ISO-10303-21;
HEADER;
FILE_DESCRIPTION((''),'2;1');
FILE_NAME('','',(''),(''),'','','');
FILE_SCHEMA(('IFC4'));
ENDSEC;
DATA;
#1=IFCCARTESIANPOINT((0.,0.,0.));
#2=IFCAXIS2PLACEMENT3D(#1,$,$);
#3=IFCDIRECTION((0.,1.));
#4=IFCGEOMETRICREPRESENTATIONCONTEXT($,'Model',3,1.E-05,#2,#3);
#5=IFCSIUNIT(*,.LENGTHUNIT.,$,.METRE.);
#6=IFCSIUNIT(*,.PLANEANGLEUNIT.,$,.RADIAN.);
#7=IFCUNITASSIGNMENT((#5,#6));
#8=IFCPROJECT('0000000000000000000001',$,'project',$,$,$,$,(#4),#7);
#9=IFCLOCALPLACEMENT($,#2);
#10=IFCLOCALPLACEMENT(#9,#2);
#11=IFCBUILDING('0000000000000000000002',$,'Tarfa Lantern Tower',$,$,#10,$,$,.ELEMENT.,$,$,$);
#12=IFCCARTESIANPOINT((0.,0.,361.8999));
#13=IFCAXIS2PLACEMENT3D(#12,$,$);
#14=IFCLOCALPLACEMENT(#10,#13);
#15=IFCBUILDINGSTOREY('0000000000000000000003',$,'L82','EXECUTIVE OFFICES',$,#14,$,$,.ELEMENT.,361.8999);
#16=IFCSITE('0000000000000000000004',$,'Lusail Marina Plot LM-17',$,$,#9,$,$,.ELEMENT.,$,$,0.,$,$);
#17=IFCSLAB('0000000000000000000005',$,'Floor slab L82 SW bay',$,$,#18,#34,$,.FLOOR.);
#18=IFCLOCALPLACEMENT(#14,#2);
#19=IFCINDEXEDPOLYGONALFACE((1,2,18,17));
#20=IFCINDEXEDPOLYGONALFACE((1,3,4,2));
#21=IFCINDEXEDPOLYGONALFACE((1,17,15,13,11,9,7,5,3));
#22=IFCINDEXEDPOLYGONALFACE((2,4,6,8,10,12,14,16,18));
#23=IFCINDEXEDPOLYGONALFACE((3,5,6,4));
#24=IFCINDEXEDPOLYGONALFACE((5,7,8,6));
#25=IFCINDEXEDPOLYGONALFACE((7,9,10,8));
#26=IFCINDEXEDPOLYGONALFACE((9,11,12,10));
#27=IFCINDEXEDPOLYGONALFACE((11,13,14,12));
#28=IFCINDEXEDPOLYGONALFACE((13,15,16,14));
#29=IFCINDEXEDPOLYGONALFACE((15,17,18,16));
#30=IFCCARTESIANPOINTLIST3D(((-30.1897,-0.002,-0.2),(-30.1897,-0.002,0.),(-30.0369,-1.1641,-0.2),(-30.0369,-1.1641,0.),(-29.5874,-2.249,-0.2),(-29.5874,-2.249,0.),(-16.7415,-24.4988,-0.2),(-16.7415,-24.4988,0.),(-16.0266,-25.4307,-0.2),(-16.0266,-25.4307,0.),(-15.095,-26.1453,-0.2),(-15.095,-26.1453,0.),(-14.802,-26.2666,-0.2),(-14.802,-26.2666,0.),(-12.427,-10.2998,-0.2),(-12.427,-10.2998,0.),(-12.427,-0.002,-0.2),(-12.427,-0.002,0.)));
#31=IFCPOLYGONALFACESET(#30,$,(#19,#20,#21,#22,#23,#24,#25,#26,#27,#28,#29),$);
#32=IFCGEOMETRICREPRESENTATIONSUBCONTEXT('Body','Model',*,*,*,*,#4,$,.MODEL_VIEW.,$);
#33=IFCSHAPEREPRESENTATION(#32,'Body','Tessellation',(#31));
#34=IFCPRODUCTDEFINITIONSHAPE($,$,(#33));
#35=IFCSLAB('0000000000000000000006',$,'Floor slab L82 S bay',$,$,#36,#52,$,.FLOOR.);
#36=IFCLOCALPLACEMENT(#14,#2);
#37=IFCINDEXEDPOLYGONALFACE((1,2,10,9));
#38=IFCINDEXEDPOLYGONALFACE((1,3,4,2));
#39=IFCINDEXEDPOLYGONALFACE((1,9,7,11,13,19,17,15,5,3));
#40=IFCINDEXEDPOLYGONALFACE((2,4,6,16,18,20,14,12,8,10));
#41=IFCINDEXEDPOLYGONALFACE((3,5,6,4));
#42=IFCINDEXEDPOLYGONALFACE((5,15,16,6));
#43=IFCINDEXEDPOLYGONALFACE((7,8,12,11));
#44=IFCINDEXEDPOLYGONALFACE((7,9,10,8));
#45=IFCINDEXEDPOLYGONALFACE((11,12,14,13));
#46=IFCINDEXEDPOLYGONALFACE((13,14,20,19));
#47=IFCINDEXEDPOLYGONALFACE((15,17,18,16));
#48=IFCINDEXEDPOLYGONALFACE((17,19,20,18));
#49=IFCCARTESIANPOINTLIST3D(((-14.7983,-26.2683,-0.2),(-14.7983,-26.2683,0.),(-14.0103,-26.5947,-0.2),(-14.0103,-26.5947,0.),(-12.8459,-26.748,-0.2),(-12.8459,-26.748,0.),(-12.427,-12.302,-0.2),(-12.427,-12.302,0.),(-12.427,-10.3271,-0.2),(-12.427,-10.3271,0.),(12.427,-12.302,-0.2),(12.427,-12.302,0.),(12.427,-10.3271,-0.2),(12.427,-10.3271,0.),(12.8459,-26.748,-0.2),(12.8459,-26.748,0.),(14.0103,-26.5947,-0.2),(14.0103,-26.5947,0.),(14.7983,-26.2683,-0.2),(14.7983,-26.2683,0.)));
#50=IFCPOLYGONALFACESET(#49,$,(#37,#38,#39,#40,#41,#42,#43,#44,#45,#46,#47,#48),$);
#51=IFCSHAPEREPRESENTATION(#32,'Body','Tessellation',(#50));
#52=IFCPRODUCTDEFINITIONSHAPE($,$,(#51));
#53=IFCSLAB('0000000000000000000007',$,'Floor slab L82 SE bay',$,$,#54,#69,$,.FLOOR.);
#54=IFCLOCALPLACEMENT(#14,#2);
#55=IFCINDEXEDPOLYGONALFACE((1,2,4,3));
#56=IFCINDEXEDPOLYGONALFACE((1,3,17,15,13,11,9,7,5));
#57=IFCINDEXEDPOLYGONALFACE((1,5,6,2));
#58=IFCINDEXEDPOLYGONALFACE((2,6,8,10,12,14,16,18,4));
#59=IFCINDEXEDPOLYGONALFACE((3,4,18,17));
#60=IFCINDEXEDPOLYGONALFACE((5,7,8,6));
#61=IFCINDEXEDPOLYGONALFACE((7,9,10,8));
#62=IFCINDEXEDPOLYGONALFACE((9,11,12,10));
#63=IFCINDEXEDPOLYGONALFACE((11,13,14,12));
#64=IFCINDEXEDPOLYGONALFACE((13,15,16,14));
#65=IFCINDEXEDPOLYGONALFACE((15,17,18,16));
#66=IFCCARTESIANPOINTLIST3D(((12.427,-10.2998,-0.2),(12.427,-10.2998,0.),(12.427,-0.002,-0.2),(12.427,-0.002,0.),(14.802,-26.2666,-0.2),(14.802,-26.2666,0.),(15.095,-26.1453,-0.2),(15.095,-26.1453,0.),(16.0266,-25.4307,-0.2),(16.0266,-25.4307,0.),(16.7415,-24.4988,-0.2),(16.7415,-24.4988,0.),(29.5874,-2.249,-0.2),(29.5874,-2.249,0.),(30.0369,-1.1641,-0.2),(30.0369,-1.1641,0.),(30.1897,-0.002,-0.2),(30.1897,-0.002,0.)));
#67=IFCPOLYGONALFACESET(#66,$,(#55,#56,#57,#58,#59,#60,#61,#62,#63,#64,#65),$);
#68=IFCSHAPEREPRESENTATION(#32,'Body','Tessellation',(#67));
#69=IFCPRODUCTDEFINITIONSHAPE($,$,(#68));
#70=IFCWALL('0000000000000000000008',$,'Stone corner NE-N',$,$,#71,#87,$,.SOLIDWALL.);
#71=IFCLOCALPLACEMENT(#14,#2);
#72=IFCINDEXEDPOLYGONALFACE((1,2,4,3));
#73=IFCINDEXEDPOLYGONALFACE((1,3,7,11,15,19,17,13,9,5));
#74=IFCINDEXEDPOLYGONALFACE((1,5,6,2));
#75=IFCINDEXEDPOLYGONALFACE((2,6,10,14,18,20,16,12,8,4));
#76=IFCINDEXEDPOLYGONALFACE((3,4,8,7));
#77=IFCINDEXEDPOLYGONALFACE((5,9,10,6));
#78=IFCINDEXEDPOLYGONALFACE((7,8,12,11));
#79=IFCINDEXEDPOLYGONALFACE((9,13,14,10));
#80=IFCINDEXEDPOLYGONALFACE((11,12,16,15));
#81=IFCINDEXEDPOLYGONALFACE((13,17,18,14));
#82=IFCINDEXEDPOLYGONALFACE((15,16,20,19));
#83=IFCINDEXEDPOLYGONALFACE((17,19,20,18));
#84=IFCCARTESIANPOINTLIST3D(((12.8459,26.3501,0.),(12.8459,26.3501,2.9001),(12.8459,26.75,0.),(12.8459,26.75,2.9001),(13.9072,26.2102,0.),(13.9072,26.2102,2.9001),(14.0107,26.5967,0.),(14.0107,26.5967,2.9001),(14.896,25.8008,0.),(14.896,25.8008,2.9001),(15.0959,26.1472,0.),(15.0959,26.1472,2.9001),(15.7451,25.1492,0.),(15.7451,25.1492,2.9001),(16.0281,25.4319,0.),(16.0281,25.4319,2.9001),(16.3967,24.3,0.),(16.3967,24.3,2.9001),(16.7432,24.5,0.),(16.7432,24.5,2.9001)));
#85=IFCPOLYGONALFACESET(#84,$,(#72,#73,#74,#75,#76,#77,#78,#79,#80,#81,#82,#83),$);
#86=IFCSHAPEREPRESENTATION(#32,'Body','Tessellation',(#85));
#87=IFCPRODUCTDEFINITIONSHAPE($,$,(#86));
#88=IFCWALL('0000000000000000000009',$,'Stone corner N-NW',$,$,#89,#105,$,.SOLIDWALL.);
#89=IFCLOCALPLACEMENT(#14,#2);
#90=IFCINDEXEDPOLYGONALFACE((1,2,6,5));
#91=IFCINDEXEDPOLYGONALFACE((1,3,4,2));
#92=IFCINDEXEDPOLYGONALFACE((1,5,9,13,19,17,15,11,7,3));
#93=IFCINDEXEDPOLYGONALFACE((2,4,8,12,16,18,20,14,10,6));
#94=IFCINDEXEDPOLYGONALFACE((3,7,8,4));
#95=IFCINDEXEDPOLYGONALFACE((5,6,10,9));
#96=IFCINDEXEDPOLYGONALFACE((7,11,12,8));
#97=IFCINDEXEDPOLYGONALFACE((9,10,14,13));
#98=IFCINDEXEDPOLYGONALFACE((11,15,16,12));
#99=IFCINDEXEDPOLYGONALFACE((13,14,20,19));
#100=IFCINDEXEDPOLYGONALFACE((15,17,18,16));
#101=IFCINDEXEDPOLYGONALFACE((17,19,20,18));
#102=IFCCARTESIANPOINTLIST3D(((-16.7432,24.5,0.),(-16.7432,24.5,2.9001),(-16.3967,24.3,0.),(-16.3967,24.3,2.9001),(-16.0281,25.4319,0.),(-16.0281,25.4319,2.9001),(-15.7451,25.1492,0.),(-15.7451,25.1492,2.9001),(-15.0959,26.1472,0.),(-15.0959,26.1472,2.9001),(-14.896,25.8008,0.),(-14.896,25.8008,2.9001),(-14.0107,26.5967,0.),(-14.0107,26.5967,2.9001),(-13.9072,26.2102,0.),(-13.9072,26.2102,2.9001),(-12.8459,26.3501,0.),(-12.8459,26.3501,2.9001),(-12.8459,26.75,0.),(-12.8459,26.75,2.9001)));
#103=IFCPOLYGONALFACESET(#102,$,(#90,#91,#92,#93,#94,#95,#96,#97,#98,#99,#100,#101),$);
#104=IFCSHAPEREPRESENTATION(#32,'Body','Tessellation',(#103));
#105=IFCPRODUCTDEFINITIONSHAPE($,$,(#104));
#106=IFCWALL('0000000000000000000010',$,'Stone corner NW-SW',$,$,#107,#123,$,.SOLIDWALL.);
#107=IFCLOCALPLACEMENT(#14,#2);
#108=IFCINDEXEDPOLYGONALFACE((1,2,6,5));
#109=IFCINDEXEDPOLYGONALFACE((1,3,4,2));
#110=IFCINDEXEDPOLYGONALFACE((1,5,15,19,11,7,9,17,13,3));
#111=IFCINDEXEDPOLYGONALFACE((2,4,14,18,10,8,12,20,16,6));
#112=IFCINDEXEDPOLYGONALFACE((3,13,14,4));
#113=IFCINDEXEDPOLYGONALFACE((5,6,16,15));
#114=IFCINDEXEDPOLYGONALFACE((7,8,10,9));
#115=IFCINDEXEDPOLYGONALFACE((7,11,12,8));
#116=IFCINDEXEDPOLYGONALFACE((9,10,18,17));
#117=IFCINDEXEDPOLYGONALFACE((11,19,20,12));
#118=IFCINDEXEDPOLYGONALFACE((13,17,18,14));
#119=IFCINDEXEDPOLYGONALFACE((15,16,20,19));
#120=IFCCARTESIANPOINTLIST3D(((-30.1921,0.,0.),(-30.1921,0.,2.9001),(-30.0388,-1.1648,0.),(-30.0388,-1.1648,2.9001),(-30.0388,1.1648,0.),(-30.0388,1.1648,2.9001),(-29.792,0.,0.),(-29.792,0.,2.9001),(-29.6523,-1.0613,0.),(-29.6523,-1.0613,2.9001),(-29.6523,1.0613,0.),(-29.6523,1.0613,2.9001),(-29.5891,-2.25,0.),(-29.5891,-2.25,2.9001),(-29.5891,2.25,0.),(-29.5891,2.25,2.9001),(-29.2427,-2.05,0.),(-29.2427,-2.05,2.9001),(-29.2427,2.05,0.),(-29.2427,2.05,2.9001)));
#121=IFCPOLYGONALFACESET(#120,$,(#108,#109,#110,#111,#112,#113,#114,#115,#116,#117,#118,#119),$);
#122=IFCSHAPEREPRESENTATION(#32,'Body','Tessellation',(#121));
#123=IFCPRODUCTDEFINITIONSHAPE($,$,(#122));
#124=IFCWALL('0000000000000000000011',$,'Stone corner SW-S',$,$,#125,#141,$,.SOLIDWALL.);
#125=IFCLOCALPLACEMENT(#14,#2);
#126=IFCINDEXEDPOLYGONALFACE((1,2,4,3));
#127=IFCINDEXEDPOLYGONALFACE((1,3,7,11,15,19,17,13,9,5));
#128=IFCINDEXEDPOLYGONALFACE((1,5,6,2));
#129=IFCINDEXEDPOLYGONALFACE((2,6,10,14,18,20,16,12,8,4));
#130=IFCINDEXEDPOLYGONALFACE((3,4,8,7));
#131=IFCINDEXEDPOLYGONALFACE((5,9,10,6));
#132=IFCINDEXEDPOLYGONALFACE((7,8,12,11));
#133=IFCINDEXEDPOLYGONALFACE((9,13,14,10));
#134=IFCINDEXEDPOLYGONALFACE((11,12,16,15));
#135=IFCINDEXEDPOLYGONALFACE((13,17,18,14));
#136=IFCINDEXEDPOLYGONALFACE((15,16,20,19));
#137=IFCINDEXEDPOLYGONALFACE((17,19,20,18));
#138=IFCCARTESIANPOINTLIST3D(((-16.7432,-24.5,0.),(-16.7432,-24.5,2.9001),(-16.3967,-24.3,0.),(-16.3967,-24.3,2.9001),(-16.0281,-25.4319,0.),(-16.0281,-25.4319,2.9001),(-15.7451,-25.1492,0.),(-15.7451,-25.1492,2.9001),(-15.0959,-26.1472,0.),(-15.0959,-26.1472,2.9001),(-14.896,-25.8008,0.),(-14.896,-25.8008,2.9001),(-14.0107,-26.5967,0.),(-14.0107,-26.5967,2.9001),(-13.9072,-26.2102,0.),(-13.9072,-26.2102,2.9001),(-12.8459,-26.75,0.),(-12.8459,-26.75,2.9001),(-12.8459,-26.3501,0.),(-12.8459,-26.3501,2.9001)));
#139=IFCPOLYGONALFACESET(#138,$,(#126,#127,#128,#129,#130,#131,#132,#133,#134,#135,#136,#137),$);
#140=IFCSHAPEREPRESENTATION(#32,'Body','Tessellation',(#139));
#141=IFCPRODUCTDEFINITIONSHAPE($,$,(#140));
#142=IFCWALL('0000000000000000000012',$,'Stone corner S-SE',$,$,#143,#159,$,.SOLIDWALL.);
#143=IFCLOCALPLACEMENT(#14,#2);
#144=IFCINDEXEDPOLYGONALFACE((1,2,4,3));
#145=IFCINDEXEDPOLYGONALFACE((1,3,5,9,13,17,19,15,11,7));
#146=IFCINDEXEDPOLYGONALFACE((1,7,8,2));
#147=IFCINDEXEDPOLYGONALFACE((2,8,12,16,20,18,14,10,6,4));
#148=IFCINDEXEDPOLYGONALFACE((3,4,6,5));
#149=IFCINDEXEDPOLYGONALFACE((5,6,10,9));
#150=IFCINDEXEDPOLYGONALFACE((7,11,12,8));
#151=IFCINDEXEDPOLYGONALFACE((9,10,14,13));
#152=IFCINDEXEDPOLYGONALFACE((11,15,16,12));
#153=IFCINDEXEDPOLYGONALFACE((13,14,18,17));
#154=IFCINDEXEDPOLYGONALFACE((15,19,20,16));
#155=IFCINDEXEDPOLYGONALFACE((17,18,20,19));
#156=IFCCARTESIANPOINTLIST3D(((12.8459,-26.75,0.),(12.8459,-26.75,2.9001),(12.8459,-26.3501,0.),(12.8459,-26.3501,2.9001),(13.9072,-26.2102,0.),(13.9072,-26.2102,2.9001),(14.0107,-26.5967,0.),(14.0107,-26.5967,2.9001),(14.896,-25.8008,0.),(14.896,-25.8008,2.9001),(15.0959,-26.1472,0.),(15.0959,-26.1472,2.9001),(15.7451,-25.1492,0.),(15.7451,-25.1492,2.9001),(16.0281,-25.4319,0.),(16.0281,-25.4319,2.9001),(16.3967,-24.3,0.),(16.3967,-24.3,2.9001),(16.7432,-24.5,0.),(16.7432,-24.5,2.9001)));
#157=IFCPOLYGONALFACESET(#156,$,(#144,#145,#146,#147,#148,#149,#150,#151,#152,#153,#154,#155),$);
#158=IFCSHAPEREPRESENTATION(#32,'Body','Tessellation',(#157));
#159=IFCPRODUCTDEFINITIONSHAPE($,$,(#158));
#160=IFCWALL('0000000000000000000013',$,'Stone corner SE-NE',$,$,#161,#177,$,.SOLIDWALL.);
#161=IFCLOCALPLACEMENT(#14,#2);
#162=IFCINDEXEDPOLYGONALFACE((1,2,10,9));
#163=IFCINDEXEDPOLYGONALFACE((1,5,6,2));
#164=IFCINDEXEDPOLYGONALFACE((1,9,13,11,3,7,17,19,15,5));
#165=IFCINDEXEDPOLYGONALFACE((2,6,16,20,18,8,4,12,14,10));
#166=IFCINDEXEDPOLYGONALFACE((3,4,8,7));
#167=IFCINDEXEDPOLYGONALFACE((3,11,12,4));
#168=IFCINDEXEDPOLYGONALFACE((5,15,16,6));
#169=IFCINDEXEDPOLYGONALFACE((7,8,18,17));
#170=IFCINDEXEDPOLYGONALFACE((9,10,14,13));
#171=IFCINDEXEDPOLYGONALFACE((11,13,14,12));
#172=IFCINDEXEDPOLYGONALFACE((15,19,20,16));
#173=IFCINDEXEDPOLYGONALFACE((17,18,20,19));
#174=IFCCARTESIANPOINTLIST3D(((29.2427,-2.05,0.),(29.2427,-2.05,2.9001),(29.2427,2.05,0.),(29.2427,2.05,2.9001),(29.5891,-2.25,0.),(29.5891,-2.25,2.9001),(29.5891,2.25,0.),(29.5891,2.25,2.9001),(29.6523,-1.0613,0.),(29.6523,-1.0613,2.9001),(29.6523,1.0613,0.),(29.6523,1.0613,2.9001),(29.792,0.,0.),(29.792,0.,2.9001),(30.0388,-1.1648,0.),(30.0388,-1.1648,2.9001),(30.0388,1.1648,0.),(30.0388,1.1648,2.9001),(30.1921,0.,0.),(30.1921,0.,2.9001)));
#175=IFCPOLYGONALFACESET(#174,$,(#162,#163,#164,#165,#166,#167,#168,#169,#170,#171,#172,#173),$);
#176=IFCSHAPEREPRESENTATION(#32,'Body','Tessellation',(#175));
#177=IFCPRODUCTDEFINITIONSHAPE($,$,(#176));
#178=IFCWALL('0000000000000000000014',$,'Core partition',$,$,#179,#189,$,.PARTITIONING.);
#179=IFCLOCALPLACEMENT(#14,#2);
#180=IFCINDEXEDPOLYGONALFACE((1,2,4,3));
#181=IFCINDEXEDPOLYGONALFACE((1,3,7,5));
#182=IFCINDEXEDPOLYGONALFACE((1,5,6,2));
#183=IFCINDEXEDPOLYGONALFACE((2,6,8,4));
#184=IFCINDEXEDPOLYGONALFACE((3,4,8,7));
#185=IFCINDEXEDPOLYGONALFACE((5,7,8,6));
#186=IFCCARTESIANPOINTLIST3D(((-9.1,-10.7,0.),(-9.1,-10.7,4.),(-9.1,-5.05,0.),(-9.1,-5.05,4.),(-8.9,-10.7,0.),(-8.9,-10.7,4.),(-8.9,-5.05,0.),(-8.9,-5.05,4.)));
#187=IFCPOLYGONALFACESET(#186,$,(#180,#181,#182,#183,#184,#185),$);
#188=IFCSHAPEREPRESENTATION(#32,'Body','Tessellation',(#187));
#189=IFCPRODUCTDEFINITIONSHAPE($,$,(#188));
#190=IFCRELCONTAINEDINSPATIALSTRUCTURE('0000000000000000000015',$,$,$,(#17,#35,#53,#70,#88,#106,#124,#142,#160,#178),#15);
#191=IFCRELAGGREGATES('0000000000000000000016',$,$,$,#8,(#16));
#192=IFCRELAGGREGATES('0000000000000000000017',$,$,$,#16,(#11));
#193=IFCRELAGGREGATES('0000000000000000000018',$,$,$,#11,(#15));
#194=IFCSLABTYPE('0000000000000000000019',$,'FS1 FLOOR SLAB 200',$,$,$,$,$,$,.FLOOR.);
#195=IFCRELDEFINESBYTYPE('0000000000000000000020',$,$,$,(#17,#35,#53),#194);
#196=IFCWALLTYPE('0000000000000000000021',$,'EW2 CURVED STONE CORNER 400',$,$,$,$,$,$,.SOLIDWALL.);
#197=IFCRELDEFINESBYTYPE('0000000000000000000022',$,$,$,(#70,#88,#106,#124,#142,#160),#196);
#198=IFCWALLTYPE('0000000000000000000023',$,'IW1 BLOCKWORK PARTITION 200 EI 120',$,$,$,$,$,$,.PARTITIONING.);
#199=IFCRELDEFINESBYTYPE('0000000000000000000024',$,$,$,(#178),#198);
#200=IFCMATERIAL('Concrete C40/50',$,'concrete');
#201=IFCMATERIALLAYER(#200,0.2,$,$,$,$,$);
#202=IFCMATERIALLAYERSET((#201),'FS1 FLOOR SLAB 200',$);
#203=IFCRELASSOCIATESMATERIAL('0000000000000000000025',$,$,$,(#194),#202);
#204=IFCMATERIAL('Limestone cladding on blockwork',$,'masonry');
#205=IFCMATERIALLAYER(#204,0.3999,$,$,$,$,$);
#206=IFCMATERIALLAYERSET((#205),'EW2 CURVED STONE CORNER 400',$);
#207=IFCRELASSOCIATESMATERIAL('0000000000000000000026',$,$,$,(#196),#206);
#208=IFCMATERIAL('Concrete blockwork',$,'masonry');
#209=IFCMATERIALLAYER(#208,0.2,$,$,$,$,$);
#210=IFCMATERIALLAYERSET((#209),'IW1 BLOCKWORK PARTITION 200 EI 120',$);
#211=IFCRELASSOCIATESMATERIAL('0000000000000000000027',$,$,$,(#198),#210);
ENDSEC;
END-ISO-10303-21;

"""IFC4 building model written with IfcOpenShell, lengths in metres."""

from ifc_helpers import new_model, si_unit, direction, frame, frame_2d, origin, place, context, subcontext, project, spatial, polyline, rectangle, outline, extrude, material, layer, layer_set, type_object, element, save


model = new_model("IFC4")

# Units and contexts
model_context = context("Model", 3, precision=1e-05, world=origin(), true_north=direction((0.0, 1.0)))
body_context = subcontext(model_context, "Body", "Model", "MODEL_VIEW")
ifc_project = project(units=[si_unit("LENGTHUNIT", "METRE"), si_unit("PLANEANGLEUNIT", "RADIAN")], contexts=[model_context])

# Site, building, storey
site_placement = place(None, origin())
site = spatial("IfcSite", under=ifc_project, at=site_placement, Name="Lusail Marina Plot LM-17", CompositionType="ELEMENT", RefElevation=0.0)
building_placement = place(site_placement, origin())
building = spatial("IfcBuilding", under=site, at=building_placement, Name="Tarfa Lantern Tower", CompositionType="ELEMENT")
storey_placement = place(building_placement, frame((0.0, 0.0, 361.8999)))
storey = spatial("IfcBuildingStorey", under=building, at=storey_placement, Name="L82", Description="EXECUTIVE OFFICES", CompositionType="ELEMENT", Elevation=361.8999)

# Slabs
ifc_material_1 = material(Name="Concrete C40/50", Category="concrete")
ifc_layer_1 = layer(ifc_material_1, 0.2)
ifc_layer_set_1 = layer_set([ifc_layer_1], Name="FS1 FLOOR SLAB 200")
slab_type_1 = type_object("IfcSlabType", Name="FS1 FLOOR SLAB 200", PredefinedType="FLOOR", material=ifc_layer_set_1)
slab_1_placement = place(storey_placement, frame((0.0, 0.0, -0.2)))
element("IfcSlab", 1, at=slab_1_placement, inside=storey, type_object=slab_type_1, Name="Floor slab L82 SW bay", PredefinedType="FLOOR", context=body_context, shape_type="SweptSolid", body=[
    extrude(outline(polyline([(-12.427, -10.2998), (-12.427, -0.002), (-30.1897, -0.002), (-30.0369, -1.1641), (-29.5874, -2.249), (-16.7415, -24.4988), (-16.0266, -25.4307), (-15.095, -26.1453), (-14.802, -26.2666), (-12.427, -10.2998)])), origin(), (0.0, 0.0, 1.0), 0.2),
])
slab_2_placement = place(storey_placement, frame((0.0, 0.0, -0.2)))
element("IfcSlab", 2, at=slab_2_placement, inside=storey, type_object=slab_type_1, Name="Floor slab L82 S bay", PredefinedType="FLOOR", context=body_context, shape_type="SweptSolid", body=[
    extrude(outline(polyline([(12.427, -10.3271), (12.427, -12.302), (-12.427, -12.302), (-12.427, -10.3271), (-14.7983, -26.2683), (-14.0103, -26.5947), (-12.8459, -26.748), (12.8459, -26.748), (14.0103, -26.5947), (14.7983, -26.2683), (12.427, -10.3271)])), origin(), (0.0, 0.0, 1.0), 0.2),
])
slab_3_placement = place(storey_placement, frame((0.0, 0.0, -0.2)))
element("IfcSlab", 3, at=slab_3_placement, inside=storey, type_object=slab_type_1, Name="Floor slab L82 SE bay", PredefinedType="FLOOR", context=body_context, shape_type="SweptSolid", body=[
    extrude(outline(polyline([(12.427, -0.002), (12.427, -10.2998), (14.802, -26.2666), (15.095, -26.1453), (16.0266, -25.4307), (16.7415, -24.4988), (29.5874, -2.249), (30.0369, -1.1641), (30.1897, -0.002), (12.427, -0.002)])), origin(), (0.0, 0.0, 1.0), 0.2),
])

# Walls
ifc_material_2 = material(Name="Limestone cladding on blockwork", Category="masonry")
ifc_layer_2 = layer(ifc_material_2, 0.3999)
ifc_layer_set_2 = layer_set([ifc_layer_2], Name="EW2 CURVED STONE CORNER 400")
wall_type_1 = type_object("IfcWallType", Name="EW2 CURVED STONE CORNER 400", PredefinedType="SOLIDWALL", material=ifc_layer_set_2)
wall_1_placement = place(storey_placement, origin())
element("IfcWall", 4, at=wall_1_placement, inside=storey, type_object=wall_type_1, Name="Stone corner NE-N", PredefinedType="SOLIDWALL", context=body_context, shape_type="SweptSolid", body=[
    extrude(outline(polyline([(16.7432, 24.5), (16.0281, 25.4319), (15.0959, 26.1472), (14.0107, 26.5967), (12.8459, 26.75), (12.8459, 26.3501), (13.9072, 26.2102), (14.896, 25.8008), (15.7451, 25.1492), (16.3967, 24.3), (16.7432, 24.5)])), origin(), (0.0, 0.0, 1.0), 2.9001),
])
wall_2_placement = place(storey_placement, origin())
element("IfcWall", 5, at=wall_2_placement, inside=storey, type_object=wall_type_1, Name="Stone corner N-NW", PredefinedType="SOLIDWALL", context=body_context, shape_type="SweptSolid", body=[
    extrude(outline(polyline([(-12.8459, 26.75), (-14.0107, 26.5967), (-15.0959, 26.1472), (-16.0281, 25.4319), (-16.7432, 24.5), (-16.3967, 24.3), (-15.7451, 25.1492), (-14.896, 25.8008), (-13.9072, 26.2102), (-12.8459, 26.3501), (-12.8459, 26.75)])), origin(), (0.0, 0.0, 1.0), 2.9001),
])
wall_3_placement = place(storey_placement, origin())
element("IfcWall", 6, at=wall_3_placement, inside=storey, type_object=wall_type_1, Name="Stone corner NW-SW", PredefinedType="SOLIDWALL", context=body_context, shape_type="SweptSolid", body=[
    extrude(outline(polyline([(-29.5891, 2.25), (-30.0388, 1.1648), (-30.1921, 0.0), (-30.0388, -1.1648), (-29.5891, -2.25), (-29.2427, -2.05), (-29.6523, -1.0613), (-29.792, 0.0), (-29.6523, 1.0613), (-29.2427, 2.05), (-29.5891, 2.25)])), origin(), (0.0, 0.0, 1.0), 2.9001),
])
wall_4_placement = place(storey_placement, origin())
element("IfcWall", 7, at=wall_4_placement, inside=storey, type_object=wall_type_1, Name="Stone corner SW-S", PredefinedType="SOLIDWALL", context=body_context, shape_type="SweptSolid", body=[
    extrude(outline(polyline([(-16.7432, -24.5), (-16.0281, -25.4319), (-15.0959, -26.1472), (-14.0107, -26.5967), (-12.8459, -26.75), (-12.8459, -26.3501), (-13.9072, -26.2102), (-14.896, -25.8008), (-15.7451, -25.1492), (-16.3967, -24.3), (-16.7432, -24.5)])), origin(), (0.0, 0.0, 1.0), 2.9001),
])
wall_5_placement = place(storey_placement, origin())
element("IfcWall", 8, at=wall_5_placement, inside=storey, type_object=wall_type_1, Name="Stone corner S-SE", PredefinedType="SOLIDWALL", context=body_context, shape_type="SweptSolid", body=[
    extrude(outline(polyline([(12.8459, -26.75), (14.0107, -26.5967), (15.0959, -26.1472), (16.0281, -25.4319), (16.7432, -24.5), (16.3967, -24.3), (15.7451, -25.1492), (14.896, -25.8008), (13.9072, -26.2102), (12.8459, -26.3501), (12.8459, -26.75)])), origin(), (0.0, 0.0, 1.0), 2.9001),
])
wall_6_placement = place(storey_placement, origin())
element("IfcWall", 9, at=wall_6_placement, inside=storey, type_object=wall_type_1, Name="Stone corner SE-NE", PredefinedType="SOLIDWALL", context=body_context, shape_type="SweptSolid", body=[
    extrude(outline(polyline([(29.5891, -2.25), (30.0388, -1.1648), (30.1921, 0.0), (30.0388, 1.1648), (29.5891, 2.25), (29.2427, 2.05), (29.6523, 1.0613), (29.792, 0.0), (29.6523, -1.0613), (29.2427, -2.05), (29.5891, -2.25)])), origin(), (0.0, 0.0, 1.0), 2.9001),
])
ifc_material_3 = material(Name="Concrete blockwork", Category="masonry")
ifc_layer_3 = layer(ifc_material_3, 0.2)
ifc_layer_set_3 = layer_set([ifc_layer_3], Name="IW1 BLOCKWORK PARTITION 200 EI 120")
wall_type_2 = type_object("IfcWallType", Name="IW1 BLOCKWORK PARTITION 200 EI 120", PredefinedType="PARTITIONING", material=ifc_layer_set_3)
for number, where, z_axis, x_axis, name in (
    (10, (-9.0, -5.05, 0.0), (0.0, 0.0, 1.0), (0.0, -1.0, 0.0), "Core partition"),
):
    element("IfcWall", number, at=place(storey_placement, frame(where, z_axis=z_axis, x_axis=x_axis)), inside=storey, type_object=wall_type_2, Name=name, PredefinedType="PARTITIONING", context=body_context, shape_type="SweptSolid", body=[
        extrude(rectangle(XDim=5.6499, YDim=0.2, at=frame_2d((2.825, 0.0))), origin(), (0.0, 0.0, 1.0), 4.0),
    ])

save(model, "model.ifc")
